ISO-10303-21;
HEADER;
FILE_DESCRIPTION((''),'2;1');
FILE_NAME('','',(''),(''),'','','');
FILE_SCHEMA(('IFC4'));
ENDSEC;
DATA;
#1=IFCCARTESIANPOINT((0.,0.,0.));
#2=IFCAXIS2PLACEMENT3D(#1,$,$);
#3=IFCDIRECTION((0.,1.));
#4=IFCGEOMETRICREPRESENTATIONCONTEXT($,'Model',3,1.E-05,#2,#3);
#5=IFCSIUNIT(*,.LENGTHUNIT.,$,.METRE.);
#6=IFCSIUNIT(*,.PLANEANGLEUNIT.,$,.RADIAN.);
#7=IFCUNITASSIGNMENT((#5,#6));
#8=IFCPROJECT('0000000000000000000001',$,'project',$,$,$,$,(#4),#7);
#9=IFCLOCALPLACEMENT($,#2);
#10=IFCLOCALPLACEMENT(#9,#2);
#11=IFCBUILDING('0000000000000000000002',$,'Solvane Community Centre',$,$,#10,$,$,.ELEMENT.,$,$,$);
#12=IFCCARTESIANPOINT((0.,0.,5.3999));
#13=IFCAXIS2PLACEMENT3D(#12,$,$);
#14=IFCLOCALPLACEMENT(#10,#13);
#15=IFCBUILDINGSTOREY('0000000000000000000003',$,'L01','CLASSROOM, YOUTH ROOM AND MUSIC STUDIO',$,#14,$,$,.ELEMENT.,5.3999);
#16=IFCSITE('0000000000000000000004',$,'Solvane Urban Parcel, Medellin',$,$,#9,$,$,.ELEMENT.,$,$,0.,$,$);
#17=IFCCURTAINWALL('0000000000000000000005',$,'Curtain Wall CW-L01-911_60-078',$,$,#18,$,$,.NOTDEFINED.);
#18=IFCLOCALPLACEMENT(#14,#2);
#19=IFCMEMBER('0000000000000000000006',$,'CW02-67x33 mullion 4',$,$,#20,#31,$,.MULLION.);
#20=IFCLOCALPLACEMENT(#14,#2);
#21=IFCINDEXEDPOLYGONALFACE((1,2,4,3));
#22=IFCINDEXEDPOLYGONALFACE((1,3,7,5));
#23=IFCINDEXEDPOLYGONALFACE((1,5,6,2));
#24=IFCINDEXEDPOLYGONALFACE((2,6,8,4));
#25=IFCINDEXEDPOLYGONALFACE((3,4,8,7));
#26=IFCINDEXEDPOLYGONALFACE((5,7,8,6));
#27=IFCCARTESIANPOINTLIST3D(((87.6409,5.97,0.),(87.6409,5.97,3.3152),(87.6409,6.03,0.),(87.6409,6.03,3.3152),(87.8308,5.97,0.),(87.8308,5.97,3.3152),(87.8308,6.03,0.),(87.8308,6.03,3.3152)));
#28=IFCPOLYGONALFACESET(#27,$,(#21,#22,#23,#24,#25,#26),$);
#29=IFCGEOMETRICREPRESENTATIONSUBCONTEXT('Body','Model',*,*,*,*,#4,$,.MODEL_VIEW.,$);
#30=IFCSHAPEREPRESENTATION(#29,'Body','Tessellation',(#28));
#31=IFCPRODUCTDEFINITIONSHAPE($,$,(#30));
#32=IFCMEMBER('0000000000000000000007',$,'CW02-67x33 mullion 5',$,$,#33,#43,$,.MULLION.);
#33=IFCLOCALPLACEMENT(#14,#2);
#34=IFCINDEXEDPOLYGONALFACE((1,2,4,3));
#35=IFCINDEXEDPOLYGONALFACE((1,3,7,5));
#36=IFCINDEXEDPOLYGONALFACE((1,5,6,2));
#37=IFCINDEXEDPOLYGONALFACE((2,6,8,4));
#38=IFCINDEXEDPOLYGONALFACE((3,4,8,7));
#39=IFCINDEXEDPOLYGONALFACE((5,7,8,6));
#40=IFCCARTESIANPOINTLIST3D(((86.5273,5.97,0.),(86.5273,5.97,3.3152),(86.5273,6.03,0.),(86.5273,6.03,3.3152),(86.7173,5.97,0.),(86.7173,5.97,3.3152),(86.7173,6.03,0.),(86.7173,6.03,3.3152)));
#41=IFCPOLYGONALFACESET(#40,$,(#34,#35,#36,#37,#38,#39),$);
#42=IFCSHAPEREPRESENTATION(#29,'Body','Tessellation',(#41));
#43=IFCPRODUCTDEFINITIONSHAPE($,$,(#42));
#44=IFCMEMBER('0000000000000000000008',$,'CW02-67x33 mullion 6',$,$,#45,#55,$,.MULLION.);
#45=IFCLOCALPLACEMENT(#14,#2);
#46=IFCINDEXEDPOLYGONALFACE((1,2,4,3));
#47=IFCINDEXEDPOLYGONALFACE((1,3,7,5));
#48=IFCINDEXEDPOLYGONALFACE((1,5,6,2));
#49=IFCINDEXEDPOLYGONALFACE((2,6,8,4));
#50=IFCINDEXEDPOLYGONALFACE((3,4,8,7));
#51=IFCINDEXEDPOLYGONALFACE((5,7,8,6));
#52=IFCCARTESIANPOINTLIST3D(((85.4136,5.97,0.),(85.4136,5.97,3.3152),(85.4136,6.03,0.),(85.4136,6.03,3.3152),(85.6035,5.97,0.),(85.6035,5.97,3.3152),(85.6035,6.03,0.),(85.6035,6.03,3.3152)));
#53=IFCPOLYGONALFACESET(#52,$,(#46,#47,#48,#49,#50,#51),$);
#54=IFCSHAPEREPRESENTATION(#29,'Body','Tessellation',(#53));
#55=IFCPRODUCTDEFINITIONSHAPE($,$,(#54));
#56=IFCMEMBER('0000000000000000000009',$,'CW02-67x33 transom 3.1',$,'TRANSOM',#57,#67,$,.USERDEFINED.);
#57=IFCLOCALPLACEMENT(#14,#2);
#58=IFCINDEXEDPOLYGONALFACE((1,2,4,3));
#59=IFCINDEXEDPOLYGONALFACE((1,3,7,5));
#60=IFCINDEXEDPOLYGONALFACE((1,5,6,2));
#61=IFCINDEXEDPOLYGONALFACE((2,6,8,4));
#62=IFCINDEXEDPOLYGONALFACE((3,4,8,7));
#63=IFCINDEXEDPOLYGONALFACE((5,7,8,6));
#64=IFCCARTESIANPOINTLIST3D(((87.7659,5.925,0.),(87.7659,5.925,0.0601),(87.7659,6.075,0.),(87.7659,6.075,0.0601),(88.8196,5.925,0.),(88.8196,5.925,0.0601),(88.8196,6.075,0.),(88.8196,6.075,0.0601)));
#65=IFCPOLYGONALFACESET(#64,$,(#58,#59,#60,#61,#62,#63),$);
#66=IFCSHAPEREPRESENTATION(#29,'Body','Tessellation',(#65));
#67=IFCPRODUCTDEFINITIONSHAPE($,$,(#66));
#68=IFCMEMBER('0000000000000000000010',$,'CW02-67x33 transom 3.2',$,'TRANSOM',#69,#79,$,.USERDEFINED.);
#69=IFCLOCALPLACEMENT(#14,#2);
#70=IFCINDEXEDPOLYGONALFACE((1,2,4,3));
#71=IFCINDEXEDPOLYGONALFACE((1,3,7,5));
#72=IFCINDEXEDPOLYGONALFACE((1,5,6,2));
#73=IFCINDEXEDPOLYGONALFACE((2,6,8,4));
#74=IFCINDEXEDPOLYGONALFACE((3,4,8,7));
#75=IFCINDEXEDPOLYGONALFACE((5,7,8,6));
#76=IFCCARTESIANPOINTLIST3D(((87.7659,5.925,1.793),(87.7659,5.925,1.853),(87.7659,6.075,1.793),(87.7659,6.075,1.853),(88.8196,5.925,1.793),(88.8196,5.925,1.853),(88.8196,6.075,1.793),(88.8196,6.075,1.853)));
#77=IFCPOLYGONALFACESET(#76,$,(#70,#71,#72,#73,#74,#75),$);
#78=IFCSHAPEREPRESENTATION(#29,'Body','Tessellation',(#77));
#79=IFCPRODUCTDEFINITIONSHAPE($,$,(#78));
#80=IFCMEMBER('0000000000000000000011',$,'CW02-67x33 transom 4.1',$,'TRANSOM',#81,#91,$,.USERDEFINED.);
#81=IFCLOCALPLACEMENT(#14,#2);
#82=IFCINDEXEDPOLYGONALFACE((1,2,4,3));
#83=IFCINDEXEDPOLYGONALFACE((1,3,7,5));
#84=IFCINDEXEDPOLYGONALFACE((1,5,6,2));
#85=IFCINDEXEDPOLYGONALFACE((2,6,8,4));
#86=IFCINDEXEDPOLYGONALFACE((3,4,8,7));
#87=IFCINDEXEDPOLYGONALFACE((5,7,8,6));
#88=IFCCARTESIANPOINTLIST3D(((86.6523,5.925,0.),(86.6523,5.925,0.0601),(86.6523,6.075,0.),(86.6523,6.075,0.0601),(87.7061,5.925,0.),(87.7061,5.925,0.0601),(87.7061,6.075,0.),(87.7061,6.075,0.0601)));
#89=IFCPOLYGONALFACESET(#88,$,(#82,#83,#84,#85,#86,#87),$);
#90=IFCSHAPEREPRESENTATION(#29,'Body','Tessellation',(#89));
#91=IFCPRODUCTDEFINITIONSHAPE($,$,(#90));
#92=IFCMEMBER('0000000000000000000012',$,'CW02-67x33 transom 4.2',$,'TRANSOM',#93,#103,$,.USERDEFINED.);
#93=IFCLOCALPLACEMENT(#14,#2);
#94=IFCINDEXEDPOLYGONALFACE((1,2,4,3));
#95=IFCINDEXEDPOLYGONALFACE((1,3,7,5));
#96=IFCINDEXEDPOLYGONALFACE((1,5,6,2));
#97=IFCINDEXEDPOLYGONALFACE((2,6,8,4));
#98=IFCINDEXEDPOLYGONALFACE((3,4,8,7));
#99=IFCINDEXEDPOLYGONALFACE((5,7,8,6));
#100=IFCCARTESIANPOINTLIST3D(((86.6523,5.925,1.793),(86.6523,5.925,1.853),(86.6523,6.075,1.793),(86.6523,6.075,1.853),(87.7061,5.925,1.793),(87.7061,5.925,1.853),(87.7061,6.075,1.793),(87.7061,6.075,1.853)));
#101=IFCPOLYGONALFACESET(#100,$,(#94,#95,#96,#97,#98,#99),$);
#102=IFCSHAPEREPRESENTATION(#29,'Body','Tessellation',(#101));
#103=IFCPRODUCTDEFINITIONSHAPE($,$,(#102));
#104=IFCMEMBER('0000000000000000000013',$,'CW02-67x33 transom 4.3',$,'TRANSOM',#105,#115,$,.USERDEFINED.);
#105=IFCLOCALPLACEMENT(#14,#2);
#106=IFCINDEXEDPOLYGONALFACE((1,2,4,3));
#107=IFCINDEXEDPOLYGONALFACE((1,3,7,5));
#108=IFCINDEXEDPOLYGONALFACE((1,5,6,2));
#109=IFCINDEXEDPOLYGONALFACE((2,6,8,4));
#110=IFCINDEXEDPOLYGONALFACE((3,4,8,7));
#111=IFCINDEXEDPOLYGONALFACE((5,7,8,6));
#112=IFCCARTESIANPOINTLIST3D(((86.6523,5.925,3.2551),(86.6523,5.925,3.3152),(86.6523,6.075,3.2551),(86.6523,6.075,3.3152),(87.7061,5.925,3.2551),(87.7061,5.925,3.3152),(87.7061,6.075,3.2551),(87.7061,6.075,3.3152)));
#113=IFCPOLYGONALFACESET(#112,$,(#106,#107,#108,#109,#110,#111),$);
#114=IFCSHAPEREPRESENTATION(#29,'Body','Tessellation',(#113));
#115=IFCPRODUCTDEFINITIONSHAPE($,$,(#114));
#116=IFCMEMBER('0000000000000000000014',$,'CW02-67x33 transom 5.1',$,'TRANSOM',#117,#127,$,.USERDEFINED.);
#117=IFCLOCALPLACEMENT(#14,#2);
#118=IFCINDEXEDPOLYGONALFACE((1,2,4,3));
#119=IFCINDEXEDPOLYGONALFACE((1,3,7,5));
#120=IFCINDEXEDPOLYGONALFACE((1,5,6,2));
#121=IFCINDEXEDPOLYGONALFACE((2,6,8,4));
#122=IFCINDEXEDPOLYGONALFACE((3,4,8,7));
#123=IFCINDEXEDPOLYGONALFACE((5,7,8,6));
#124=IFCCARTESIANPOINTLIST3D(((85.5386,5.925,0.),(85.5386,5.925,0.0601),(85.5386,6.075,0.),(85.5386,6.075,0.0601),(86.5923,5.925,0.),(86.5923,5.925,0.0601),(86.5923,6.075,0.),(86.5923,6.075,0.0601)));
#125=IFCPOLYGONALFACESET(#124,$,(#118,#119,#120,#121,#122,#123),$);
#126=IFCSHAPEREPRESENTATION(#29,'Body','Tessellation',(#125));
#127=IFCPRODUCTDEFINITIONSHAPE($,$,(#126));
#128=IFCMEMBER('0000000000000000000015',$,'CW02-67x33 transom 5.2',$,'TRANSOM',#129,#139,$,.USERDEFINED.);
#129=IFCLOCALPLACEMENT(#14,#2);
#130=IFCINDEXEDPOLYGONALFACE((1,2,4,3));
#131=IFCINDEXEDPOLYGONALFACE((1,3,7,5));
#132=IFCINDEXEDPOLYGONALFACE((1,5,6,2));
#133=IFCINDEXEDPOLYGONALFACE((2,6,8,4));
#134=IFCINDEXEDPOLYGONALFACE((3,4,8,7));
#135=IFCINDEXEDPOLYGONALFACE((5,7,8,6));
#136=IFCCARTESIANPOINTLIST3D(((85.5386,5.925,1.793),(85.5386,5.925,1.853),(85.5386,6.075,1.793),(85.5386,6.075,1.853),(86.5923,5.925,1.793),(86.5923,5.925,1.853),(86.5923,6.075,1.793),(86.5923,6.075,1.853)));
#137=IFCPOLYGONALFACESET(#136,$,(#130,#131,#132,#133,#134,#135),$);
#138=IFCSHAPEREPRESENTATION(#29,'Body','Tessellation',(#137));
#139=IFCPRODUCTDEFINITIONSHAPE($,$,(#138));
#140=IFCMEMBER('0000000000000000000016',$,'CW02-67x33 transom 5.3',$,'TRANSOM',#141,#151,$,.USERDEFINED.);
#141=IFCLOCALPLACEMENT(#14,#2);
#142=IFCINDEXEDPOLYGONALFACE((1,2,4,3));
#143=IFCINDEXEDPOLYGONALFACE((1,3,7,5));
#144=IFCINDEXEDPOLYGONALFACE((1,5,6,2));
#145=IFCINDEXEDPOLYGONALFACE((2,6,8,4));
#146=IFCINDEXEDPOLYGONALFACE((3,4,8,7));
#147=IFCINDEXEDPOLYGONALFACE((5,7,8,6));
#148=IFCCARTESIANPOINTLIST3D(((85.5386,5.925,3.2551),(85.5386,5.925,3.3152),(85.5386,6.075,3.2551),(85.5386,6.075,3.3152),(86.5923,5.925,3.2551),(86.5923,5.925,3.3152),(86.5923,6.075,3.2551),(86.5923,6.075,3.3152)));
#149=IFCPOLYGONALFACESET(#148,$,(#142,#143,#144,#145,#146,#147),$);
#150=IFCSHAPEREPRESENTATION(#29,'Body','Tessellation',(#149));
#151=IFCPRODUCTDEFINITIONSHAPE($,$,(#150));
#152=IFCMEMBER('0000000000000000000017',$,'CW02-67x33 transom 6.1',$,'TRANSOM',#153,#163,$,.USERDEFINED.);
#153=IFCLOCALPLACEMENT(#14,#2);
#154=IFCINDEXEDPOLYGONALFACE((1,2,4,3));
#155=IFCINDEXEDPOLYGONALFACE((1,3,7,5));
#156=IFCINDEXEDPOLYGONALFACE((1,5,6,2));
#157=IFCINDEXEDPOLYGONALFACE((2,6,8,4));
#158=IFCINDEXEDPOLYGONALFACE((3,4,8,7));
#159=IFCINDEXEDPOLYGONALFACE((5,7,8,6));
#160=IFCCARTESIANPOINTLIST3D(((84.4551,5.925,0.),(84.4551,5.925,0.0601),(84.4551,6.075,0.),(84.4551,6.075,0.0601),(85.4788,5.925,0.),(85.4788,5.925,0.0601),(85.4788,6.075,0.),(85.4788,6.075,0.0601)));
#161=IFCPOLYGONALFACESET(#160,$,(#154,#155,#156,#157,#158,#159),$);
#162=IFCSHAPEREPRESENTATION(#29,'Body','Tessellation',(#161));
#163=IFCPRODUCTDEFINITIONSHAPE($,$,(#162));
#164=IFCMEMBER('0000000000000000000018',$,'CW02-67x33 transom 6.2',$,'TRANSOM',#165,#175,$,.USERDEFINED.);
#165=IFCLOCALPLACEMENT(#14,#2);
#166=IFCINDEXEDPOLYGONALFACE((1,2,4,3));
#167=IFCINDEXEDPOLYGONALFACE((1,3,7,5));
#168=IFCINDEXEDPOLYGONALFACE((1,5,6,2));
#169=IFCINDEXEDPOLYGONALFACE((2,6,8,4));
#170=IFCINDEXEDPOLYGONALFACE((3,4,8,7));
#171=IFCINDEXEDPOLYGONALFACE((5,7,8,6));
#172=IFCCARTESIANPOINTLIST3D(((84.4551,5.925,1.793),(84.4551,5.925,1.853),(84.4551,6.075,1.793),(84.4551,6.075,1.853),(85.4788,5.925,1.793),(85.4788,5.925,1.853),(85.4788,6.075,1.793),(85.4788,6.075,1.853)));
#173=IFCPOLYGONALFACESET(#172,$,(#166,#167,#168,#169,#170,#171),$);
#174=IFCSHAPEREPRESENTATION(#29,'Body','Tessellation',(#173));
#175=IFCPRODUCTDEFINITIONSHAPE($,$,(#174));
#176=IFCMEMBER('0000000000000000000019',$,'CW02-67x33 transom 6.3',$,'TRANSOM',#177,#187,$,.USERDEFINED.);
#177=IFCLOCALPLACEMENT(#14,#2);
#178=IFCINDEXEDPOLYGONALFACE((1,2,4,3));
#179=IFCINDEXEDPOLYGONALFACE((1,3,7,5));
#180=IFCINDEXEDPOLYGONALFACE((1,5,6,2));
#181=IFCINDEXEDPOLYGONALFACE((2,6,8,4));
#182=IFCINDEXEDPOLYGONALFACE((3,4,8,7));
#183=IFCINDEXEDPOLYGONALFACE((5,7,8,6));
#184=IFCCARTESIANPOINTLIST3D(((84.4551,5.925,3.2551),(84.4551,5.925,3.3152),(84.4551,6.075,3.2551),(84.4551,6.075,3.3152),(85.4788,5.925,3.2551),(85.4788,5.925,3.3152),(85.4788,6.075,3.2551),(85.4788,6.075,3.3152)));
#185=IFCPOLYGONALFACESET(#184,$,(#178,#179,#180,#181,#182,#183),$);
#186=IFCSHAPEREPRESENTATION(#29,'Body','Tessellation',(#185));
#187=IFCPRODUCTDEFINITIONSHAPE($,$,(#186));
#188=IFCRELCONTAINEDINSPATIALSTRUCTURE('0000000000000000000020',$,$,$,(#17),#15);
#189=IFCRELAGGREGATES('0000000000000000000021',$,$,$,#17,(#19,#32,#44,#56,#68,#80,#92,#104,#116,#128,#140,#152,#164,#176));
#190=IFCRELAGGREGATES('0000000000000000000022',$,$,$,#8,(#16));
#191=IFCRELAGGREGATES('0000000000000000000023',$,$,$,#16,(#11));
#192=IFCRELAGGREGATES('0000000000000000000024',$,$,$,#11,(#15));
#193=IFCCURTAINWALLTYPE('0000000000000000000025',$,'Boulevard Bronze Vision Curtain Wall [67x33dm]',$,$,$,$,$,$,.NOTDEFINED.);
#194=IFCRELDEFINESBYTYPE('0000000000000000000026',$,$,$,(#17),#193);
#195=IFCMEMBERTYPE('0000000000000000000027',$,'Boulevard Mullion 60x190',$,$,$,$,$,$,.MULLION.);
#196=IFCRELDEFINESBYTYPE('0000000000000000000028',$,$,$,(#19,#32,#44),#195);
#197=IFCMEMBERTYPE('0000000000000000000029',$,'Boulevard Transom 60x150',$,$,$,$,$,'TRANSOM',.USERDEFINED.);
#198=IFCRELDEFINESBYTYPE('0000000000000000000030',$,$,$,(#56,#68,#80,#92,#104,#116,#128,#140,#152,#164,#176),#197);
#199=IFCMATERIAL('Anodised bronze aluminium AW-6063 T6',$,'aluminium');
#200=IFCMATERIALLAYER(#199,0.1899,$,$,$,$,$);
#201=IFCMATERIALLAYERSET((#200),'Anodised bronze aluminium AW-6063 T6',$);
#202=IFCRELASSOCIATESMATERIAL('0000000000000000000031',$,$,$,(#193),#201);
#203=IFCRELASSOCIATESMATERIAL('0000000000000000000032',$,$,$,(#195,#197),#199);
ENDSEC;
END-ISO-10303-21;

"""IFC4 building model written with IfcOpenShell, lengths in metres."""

from ifc_helpers import new_model, si_unit, direction, frame, origin, origin_2d, place, context, subcontext, project, spatial, rectangle, extrude, material, layer, layer_set, material_profile, profile_set, type_object, element, aggregate, save


model = new_model("IFC4")

# Units and contexts
model_context = context("Model", 3, precision=1e-05, world=origin(), true_north=direction((0.0, 1.0)))
body_context = subcontext(model_context, "Body", "Model", "MODEL_VIEW")
ifc_project = project(units=[si_unit("LENGTHUNIT", "METRE"), si_unit("PLANEANGLEUNIT", "RADIAN")], contexts=[model_context])

# Site, building, storey
site_placement = place(None, origin())
site = spatial("IfcSite", under=ifc_project, at=site_placement, Name="Solvane Urban Parcel, Medellin", CompositionType="ELEMENT", RefElevation=0.0)
building_placement = place(site_placement, origin())
building = spatial("IfcBuilding", under=site, at=building_placement, Name="Solvane Community Centre", CompositionType="ELEMENT")
storey_placement = place(building_placement, frame((0.0, 0.0, 5.3999)))
storey = spatial("IfcBuildingStorey", under=building, at=storey_placement, Name="L01", Description="CLASSROOM, YOUTH ROOM AND MUSIC STUDIO", CompositionType="ELEMENT", Elevation=5.3999)

# Curtain wall, members
ifc_material_1 = material(Name="Anodised bronze aluminium AW-6063 T6", Category="aluminium")
ifc_layer_1 = layer(ifc_material_1, 0.1899)
ifc_layer_set_1 = layer_set([ifc_layer_1], Name="Anodised bronze aluminium AW-6063 T6")
curtain_wall_type = type_object("IfcCurtainWallType", Name="Boulevard Bronze Vision Curtain Wall [67x33dm]", PredefinedType="NOTDEFINED", material=ifc_layer_set_1)
curtain_wall_placement = place(storey_placement, origin())
curtain_wall = element("IfcCurtainWall", 1, at=curtain_wall_placement, inside=storey, type_object=curtain_wall_type, Name="Curtain Wall CW-L01-911_60-078", PredefinedType="NOTDEFINED")
ifc_material_profile_1 = material_profile(ifc_material_1, rectangle(XDim=0.0601, YDim=0.1899, at=origin_2d()), Name="CW-M 60x190")
ifc_profile_set_1 = profile_set([ifc_material_profile_1], Name="Anodised bronze aluminium AW-6063 T6")
member_type_1 = type_object("IfcMemberType", Name="Boulevard Mullion 60x190", PredefinedType="MULLION", material=ifc_profile_set_1)
member_1_placement = place(storey_placement, frame((87.7358, 6.0, 0.0), z_axis=(0.0, 0.0, 1.0), x_axis=(0.0, -1.0, 0.0)))
member_1 = element("IfcMember", 2, at=member_1_placement, type_object=member_type_1, Name="CW02-67x33 mullion 4", PredefinedType="MULLION", context=body_context, shape_type="SweptSolid", body=[
    extrude(rectangle(XDim=0.0601, YDim=0.1899, at=origin_2d()), origin(), (0.0, 0.0, 1.0), 3.3152),
])
member_2_placement = place(storey_placement, frame((86.6223, 6.0, 0.0), z_axis=(0.0, 0.0, 1.0), x_axis=(0.0, -1.0, 0.0)))
member_2 = element("IfcMember", 3, at=member_2_placement, type_object=member_type_1, Name="CW02-67x33 mullion 5", PredefinedType="MULLION", context=body_context, shape_type="SweptSolid", body=[
    extrude(rectangle(XDim=0.0601, YDim=0.1899, at=origin_2d()), origin(), (0.0, 0.0, 1.0), 3.3152),
])
member_3_placement = place(storey_placement, frame((85.5085, 6.0, 0.0), z_axis=(0.0, 0.0, 1.0), x_axis=(0.0, -1.0, 0.0)))
member_3 = element("IfcMember", 4, at=member_3_placement, type_object=member_type_1, Name="CW02-67x33 mullion 6", PredefinedType="MULLION", context=body_context, shape_type="SweptSolid", body=[
    extrude(rectangle(XDim=0.0601, YDim=0.1899, at=origin_2d()), origin(), (0.0, 0.0, 1.0), 3.3152),
])
ifc_material_profile_2 = material_profile(ifc_material_1, rectangle(XDim=0.1499, YDim=0.0601, at=origin_2d()), Name="CW-T 60x150")
ifc_profile_set_2 = profile_set([ifc_material_profile_2], Name="Anodised bronze aluminium AW-6063 T6")
member_type_2 = type_object("IfcMemberType", Name="Boulevard Transom 60x150", ElementType="TRANSOM", PredefinedType="USERDEFINED", material=ifc_profile_set_2)
member_4_placement = place(storey_placement, frame((88.8196, 6.0, 0.03), z_axis=(-1.0, 0.0, 0.0), x_axis=(0.0, -1.0, 0.0)))
member_4 = element("IfcMember", 5, at=member_4_placement, type_object=member_type_2, Name="CW02-67x33 transom 3.1", ObjectType="TRANSOM", PredefinedType="USERDEFINED", context=body_context, shape_type="SweptSolid", body=[
    extrude(rectangle(XDim=0.1499, YDim=0.0601, at=origin_2d()), origin(), (0.0, 0.0, 1.0), 1.0537),
])
member_5_placement = place(storey_placement, frame((88.8196, 6.0, 1.823), z_axis=(-1.0, 0.0, 0.0), x_axis=(0.0, -1.0, 0.0)))
member_5 = element("IfcMember", 6, at=member_5_placement, type_object=member_type_2, Name="CW02-67x33 transom 3.2", ObjectType="TRANSOM", PredefinedType="USERDEFINED", context=body_context, shape_type="SweptSolid", body=[
    extrude(rectangle(XDim=0.1499, YDim=0.0601, at=origin_2d()), origin(), (0.0, 0.0, 1.0), 1.0537),
])
member_6_placement = place(storey_placement, frame((87.7061, 6.0, 0.03), z_axis=(-1.0, 0.0, 0.0), x_axis=(0.0, -1.0, 0.0)))
member_6 = element("IfcMember", 7, at=member_6_placement, type_object=member_type_2, Name="CW02-67x33 transom 4.1", ObjectType="TRANSOM", PredefinedType="USERDEFINED", context=body_context, shape_type="SweptSolid", body=[
    extrude(rectangle(XDim=0.1499, YDim=0.0601, at=origin_2d()), origin(), (0.0, 0.0, 1.0), 1.0537),
])
member_7_placement = place(storey_placement, frame((87.7061, 6.0, 1.823), z_axis=(-1.0, 0.0, 0.0), x_axis=(0.0, -1.0, 0.0)))
member_7 = element("IfcMember", 8, at=member_7_placement, type_object=member_type_2, Name="CW02-67x33 transom 4.2", ObjectType="TRANSOM", PredefinedType="USERDEFINED", context=body_context, shape_type="SweptSolid", body=[
    extrude(rectangle(XDim=0.1499, YDim=0.0601, at=origin_2d()), origin(), (0.0, 0.0, 1.0), 1.0537),
])
member_8_placement = place(storey_placement, frame((87.7061, 6.0, 3.2852), z_axis=(-1.0, 0.0, 0.0), x_axis=(0.0, -1.0, 0.0)))
member_8 = element("IfcMember", 9, at=member_8_placement, type_object=member_type_2, Name="CW02-67x33 transom 4.3", ObjectType="TRANSOM", PredefinedType="USERDEFINED", context=body_context, shape_type="SweptSolid", body=[
    extrude(rectangle(XDim=0.1499, YDim=0.0601, at=origin_2d()), origin(), (0.0, 0.0, 1.0), 1.0537),
])
member_9_placement = place(storey_placement, frame((86.5923, 6.0, 0.03), z_axis=(-1.0, 0.0, 0.0), x_axis=(0.0, -1.0, 0.0)))
member_9 = element("IfcMember", 10, at=member_9_placement, type_object=member_type_2, Name="CW02-67x33 transom 5.1", ObjectType="TRANSOM", PredefinedType="USERDEFINED", context=body_context, shape_type="SweptSolid", body=[
    extrude(rectangle(XDim=0.1499, YDim=0.0601, at=origin_2d()), origin(), (0.0, 0.0, 1.0), 1.0537),
])
member_10_placement = place(storey_placement, frame((86.5923, 6.0, 1.823), z_axis=(-1.0, 0.0, 0.0), x_axis=(0.0, -1.0, 0.0)))
member_10 = element("IfcMember", 11, at=member_10_placement, type_object=member_type_2, Name="CW02-67x33 transom 5.2", ObjectType="TRANSOM", PredefinedType="USERDEFINED", context=body_context, shape_type="SweptSolid", body=[
    extrude(rectangle(XDim=0.1499, YDim=0.0601, at=origin_2d()), origin(), (0.0, 0.0, 1.0), 1.0537),
])
member_11_placement = place(storey_placement, frame((86.5923, 6.0, 3.2852), z_axis=(-1.0, 0.0, 0.0), x_axis=(0.0, -1.0, 0.0)))
member_11 = element("IfcMember", 12, at=member_11_placement, type_object=member_type_2, Name="CW02-67x33 transom 5.3", ObjectType="TRANSOM", PredefinedType="USERDEFINED", context=body_context, shape_type="SweptSolid", body=[
    extrude(rectangle(XDim=0.1499, YDim=0.0601, at=origin_2d()), origin(), (0.0, 0.0, 1.0), 1.0537),
])
member_12_placement = place(storey_placement, frame((85.4788, 6.0, 0.03), z_axis=(-1.0, 0.0, 0.0), x_axis=(0.0, -1.0, 0.0)))
member_12 = element("IfcMember", 13, at=member_12_placement, type_object=member_type_2, Name="CW02-67x33 transom 6.1", ObjectType="TRANSOM", PredefinedType="USERDEFINED", context=body_context, shape_type="SweptSolid", body=[
    extrude(rectangle(XDim=0.1499, YDim=0.0601, at=origin_2d()), origin(), (0.0, 0.0, 1.0), 1.0237),
])
member_13_placement = place(storey_placement, frame((85.4788, 6.0, 1.823), z_axis=(-1.0, 0.0, 0.0), x_axis=(0.0, -1.0, 0.0)))
member_13 = element("IfcMember", 14, at=member_13_placement, type_object=member_type_2, Name="CW02-67x33 transom 6.2", ObjectType="TRANSOM", PredefinedType="USERDEFINED", context=body_context, shape_type="SweptSolid", body=[
    extrude(rectangle(XDim=0.1499, YDim=0.0601, at=origin_2d()), origin(), (0.0, 0.0, 1.0), 1.0237),
])
member_14_placement = place(storey_placement, frame((85.4788, 6.0, 3.2852), z_axis=(-1.0, 0.0, 0.0), x_axis=(0.0, -1.0, 0.0)))
member_14 = element("IfcMember", 15, at=member_14_placement, type_object=member_type_2, Name="CW02-67x33 transom 6.3", ObjectType="TRANSOM", PredefinedType="USERDEFINED", context=body_context, shape_type="SweptSolid", body=[
    extrude(rectangle(XDim=0.1499, YDim=0.0601, at=origin_2d()), origin(), (0.0, 0.0, 1.0), 1.0237),
])
aggregate(curtain_wall, [member_1, member_2, member_3, member_4, member_5, member_6, member_7, member_8, member_9, member_10, member_11, member_12, member_13, member_14])

save(model, "model.ifc")
